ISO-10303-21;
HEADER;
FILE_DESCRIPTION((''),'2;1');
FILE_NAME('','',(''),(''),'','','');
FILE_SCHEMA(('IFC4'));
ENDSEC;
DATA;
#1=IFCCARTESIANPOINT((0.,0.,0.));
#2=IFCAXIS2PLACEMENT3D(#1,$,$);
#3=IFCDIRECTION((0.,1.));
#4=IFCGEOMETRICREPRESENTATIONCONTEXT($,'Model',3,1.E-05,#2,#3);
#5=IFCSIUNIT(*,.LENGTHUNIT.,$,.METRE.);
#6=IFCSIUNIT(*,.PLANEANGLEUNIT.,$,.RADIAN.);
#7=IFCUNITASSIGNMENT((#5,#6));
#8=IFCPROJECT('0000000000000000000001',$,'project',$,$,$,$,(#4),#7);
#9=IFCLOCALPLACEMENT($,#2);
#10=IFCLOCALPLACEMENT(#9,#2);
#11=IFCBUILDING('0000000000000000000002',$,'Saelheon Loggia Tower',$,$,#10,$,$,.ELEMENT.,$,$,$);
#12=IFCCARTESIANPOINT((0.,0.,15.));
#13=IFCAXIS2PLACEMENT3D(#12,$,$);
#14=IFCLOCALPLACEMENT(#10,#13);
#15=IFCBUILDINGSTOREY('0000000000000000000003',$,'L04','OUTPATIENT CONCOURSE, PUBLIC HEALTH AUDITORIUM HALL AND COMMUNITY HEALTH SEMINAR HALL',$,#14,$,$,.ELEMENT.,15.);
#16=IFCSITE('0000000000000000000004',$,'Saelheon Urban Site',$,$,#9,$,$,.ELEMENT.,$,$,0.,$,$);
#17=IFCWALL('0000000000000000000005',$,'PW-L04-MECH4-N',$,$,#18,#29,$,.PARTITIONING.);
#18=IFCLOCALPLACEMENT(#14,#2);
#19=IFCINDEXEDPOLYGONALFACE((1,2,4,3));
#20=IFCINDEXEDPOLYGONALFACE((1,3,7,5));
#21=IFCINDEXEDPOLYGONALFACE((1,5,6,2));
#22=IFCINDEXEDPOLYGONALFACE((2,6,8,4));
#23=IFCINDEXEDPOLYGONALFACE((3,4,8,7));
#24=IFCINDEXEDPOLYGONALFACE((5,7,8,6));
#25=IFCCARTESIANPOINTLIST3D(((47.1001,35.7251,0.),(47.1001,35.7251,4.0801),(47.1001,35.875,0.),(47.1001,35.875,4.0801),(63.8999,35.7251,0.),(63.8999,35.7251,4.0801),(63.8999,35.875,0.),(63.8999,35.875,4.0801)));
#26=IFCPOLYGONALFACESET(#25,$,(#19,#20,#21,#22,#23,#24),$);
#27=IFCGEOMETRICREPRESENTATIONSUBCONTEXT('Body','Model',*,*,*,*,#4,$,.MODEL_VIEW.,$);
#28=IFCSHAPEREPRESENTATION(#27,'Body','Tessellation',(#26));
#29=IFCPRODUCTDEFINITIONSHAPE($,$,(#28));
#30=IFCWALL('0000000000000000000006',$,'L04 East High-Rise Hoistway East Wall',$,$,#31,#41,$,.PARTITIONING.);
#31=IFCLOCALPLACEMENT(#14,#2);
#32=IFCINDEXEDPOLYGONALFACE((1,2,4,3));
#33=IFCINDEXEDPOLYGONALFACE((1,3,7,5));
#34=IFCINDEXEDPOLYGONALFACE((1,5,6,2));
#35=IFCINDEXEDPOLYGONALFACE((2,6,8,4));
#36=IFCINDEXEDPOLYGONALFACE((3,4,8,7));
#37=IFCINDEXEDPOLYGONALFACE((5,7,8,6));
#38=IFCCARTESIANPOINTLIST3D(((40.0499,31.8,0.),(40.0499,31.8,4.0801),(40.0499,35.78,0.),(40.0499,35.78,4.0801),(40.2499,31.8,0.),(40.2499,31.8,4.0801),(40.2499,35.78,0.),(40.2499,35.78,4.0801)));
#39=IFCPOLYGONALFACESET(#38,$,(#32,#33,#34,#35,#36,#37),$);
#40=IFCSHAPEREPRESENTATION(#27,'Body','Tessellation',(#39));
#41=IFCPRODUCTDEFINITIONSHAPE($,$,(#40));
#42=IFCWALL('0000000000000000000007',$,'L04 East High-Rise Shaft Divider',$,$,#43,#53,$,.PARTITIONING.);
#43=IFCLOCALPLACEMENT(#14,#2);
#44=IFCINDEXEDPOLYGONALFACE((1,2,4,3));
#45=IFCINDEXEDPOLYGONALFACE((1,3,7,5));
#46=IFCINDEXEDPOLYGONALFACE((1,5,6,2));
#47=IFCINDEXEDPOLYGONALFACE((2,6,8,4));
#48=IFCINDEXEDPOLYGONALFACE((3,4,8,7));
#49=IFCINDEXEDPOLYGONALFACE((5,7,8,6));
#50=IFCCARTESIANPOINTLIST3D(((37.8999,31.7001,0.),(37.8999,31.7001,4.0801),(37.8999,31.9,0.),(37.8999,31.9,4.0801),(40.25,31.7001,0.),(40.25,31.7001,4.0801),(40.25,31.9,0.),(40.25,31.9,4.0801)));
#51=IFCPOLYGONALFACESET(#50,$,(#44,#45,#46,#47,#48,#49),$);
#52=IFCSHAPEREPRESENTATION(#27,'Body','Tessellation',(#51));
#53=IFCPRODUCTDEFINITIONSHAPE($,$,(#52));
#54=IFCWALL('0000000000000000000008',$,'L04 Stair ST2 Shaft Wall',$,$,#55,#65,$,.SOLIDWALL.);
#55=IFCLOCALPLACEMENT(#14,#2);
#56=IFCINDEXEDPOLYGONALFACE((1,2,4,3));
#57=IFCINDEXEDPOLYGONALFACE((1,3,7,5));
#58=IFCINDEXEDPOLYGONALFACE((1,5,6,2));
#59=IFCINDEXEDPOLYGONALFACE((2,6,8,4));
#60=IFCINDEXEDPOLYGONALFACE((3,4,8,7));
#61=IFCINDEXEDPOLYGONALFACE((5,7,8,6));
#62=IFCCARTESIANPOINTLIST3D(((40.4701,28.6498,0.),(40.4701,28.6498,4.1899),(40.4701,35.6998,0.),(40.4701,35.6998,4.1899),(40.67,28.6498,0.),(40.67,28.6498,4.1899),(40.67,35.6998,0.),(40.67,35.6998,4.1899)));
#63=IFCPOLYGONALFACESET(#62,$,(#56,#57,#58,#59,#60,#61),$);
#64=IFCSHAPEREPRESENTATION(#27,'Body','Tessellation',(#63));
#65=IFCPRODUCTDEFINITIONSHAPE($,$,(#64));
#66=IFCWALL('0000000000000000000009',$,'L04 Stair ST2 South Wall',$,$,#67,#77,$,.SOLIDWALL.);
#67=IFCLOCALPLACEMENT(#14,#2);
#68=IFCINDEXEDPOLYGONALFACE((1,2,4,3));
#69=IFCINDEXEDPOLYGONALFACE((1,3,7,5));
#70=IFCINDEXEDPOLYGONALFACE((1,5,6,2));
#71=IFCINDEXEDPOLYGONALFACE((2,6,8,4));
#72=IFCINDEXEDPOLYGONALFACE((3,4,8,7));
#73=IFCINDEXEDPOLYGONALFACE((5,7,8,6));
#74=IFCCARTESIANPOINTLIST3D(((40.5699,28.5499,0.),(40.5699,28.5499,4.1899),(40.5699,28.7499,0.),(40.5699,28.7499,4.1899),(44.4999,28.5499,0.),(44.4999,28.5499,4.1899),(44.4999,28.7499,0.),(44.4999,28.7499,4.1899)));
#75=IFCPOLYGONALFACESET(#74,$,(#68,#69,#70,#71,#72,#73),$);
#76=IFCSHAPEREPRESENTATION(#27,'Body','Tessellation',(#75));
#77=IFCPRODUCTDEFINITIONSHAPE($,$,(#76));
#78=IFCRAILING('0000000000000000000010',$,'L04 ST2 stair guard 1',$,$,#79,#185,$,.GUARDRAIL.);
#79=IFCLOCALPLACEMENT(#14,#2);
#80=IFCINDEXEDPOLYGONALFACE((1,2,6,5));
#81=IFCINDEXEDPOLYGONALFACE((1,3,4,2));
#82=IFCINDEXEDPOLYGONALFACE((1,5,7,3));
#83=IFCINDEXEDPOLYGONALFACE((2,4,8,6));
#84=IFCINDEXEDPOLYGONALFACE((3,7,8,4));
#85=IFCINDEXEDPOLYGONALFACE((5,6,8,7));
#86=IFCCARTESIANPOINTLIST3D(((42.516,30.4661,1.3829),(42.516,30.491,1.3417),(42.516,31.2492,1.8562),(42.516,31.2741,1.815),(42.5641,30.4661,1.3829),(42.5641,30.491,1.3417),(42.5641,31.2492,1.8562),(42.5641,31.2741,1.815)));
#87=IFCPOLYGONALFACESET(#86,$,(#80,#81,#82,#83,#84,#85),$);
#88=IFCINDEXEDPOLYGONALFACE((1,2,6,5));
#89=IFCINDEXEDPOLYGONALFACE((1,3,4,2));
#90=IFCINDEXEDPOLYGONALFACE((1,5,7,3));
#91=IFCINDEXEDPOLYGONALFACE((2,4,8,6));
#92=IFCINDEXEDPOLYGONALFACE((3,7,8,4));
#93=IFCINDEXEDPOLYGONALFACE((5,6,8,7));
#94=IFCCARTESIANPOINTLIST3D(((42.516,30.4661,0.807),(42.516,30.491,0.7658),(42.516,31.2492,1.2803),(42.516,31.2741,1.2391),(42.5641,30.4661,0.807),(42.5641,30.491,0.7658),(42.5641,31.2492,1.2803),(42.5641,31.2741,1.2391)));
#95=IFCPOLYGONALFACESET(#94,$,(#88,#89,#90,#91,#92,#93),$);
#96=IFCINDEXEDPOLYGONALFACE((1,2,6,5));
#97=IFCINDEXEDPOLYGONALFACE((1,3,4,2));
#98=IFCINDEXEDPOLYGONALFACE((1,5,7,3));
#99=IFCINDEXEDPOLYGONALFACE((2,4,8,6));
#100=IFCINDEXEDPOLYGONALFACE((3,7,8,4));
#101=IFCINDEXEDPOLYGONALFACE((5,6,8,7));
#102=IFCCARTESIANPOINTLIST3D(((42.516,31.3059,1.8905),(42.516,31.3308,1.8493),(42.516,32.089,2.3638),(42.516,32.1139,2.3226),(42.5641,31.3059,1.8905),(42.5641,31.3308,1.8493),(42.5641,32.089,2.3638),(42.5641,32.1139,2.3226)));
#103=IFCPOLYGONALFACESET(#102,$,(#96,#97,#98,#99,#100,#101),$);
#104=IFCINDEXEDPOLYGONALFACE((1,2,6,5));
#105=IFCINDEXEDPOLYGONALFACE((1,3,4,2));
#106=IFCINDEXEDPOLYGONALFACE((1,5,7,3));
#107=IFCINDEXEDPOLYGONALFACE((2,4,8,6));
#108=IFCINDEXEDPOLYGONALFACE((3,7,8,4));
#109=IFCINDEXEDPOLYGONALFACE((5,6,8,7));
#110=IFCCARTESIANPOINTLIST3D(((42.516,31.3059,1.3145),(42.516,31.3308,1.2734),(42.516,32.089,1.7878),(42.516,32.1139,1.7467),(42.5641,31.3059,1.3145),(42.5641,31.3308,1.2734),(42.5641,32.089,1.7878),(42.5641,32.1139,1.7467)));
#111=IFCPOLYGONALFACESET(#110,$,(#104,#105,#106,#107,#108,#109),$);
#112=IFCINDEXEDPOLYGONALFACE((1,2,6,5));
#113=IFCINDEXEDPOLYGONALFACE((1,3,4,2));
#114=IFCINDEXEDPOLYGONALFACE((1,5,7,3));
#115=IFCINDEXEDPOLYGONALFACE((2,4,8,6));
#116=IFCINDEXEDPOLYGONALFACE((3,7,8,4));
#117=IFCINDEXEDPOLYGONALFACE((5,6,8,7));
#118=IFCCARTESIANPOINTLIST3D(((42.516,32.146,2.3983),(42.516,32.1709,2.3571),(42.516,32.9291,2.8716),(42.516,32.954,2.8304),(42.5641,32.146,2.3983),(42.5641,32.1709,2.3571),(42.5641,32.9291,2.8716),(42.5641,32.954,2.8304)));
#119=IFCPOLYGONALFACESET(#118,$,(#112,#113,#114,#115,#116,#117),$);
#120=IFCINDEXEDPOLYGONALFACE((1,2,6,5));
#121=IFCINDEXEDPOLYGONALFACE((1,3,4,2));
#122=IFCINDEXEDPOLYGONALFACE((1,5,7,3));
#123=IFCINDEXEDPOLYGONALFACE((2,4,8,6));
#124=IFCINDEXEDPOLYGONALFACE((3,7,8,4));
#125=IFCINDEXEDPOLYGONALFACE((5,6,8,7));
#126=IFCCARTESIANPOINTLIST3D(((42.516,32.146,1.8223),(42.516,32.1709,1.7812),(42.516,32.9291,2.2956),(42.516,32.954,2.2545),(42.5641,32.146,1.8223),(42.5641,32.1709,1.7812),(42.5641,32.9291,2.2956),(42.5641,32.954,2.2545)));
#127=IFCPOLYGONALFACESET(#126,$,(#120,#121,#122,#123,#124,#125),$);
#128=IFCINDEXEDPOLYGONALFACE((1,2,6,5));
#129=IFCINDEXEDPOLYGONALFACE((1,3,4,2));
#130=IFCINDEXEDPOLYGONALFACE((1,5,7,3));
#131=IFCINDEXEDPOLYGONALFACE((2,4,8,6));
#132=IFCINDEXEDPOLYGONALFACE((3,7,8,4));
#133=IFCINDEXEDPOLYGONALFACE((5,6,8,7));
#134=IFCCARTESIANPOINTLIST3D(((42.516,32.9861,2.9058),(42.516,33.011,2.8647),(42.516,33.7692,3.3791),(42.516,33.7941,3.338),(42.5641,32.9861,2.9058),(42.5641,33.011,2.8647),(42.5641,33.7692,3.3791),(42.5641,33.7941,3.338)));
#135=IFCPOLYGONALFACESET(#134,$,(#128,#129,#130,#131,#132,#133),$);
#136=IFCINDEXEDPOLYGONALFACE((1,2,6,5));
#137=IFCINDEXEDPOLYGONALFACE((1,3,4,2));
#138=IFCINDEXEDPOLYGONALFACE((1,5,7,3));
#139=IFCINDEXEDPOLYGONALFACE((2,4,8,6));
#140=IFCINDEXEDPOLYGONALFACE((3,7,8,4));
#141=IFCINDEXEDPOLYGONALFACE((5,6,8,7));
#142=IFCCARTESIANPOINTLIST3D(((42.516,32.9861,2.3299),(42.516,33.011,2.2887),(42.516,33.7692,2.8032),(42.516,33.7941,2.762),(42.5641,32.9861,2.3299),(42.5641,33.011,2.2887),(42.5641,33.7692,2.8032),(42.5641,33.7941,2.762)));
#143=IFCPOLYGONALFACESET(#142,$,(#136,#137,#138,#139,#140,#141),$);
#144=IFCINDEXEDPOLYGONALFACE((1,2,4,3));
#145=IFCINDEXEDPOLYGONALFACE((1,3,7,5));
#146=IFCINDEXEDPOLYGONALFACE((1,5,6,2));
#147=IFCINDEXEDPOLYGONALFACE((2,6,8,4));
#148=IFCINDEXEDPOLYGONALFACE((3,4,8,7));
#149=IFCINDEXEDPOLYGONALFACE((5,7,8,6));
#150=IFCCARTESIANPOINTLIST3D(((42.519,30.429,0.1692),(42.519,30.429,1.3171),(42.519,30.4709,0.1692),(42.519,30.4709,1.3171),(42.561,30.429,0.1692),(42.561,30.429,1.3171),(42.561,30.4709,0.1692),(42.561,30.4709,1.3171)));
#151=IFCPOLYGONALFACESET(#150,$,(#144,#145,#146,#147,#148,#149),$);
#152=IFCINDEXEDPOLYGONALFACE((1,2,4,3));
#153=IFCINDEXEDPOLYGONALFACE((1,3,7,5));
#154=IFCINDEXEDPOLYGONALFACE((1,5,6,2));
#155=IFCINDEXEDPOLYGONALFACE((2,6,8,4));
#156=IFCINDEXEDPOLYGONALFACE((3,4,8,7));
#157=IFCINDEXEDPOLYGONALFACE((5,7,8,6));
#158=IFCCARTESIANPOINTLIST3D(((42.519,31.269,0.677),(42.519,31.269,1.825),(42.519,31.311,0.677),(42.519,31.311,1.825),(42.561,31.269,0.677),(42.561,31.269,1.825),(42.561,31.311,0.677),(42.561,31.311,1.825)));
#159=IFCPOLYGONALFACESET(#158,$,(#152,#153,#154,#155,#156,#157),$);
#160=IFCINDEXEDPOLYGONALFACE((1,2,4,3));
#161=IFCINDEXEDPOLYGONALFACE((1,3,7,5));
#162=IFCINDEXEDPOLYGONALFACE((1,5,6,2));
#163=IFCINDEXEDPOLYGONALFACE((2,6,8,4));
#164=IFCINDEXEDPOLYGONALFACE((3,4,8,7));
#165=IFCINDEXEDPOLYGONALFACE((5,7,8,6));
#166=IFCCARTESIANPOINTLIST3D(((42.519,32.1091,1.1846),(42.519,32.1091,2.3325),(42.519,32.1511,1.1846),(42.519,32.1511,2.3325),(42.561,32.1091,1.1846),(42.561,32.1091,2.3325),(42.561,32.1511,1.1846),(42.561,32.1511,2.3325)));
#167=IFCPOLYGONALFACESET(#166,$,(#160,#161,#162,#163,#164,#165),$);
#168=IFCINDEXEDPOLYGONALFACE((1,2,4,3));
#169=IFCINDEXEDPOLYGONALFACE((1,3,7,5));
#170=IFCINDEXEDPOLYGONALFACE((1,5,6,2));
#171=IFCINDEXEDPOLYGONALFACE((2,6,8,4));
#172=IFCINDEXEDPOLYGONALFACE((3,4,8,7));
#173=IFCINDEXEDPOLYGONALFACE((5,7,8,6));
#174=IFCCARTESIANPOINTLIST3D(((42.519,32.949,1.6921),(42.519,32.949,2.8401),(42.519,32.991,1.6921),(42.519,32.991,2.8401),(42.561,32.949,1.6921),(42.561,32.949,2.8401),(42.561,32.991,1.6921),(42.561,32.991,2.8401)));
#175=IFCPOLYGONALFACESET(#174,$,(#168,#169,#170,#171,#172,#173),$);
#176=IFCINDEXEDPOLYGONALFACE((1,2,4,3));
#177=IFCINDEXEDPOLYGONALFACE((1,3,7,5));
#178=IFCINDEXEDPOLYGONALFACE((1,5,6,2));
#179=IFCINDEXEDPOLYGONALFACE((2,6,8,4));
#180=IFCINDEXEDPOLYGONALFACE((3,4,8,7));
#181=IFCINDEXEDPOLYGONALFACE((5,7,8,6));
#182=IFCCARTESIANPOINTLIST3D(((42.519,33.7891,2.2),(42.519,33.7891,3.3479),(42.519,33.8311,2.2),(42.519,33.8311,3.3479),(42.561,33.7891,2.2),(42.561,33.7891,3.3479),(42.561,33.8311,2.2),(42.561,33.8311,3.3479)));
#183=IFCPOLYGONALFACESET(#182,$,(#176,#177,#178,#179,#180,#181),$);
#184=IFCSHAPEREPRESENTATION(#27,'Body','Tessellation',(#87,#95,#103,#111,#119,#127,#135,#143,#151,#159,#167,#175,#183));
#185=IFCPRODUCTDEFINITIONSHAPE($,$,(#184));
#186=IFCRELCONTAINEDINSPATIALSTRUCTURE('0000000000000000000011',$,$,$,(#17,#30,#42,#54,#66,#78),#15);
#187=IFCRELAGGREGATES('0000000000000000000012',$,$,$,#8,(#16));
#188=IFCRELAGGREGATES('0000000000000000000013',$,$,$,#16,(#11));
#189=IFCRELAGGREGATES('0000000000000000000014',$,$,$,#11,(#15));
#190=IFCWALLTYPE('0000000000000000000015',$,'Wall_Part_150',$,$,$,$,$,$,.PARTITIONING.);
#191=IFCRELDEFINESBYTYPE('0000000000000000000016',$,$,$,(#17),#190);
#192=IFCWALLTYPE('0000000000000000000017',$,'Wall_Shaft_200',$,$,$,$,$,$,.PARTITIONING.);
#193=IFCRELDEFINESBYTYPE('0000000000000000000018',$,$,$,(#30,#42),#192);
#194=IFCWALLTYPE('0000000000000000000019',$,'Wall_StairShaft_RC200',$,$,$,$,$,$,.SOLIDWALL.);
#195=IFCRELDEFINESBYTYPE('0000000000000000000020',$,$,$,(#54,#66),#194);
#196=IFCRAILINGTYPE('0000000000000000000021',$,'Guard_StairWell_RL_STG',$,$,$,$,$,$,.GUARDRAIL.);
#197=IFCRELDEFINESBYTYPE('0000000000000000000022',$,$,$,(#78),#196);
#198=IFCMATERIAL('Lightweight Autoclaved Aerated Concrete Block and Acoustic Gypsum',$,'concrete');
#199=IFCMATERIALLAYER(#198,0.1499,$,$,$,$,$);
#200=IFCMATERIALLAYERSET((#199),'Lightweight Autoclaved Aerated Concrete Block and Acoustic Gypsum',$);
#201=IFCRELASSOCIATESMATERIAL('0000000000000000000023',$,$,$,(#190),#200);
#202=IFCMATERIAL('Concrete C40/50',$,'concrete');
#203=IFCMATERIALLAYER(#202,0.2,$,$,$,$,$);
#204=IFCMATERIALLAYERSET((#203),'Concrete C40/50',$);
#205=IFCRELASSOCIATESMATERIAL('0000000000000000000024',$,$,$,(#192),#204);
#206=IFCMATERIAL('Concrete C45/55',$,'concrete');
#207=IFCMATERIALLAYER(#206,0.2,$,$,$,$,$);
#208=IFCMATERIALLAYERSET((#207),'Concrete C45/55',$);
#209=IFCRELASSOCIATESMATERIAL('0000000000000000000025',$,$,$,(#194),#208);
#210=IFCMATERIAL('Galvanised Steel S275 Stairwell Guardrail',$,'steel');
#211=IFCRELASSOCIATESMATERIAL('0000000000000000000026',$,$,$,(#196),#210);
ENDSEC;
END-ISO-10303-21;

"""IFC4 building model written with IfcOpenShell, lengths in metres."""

from ifc_helpers import new_model, si_unit, direction, frame, frame_2d, origin, origin_2d, place, context, subcontext, project, spatial, rectangle, extrude, material, layer, layer_set, type_object, element, save


model = new_model("IFC4")

# Units and contexts
model_context = context("Model", 3, precision=1e-05, world=origin(), true_north=direction((0.0, 1.0)))
body_context = subcontext(model_context, "Body", "Model", "MODEL_VIEW")
ifc_project = project(units=[si_unit("LENGTHUNIT", "METRE"), si_unit("PLANEANGLEUNIT", "RADIAN")], contexts=[model_context])

# Site, building, storey
site_placement = place(None, origin())
site = spatial("IfcSite", under=ifc_project, at=site_placement, Name="Saelheon Urban Site", CompositionType="ELEMENT", RefElevation=0.0)
building_placement = place(site_placement, origin())
building = spatial("IfcBuilding", under=site, at=building_placement, Name="Saelheon Loggia Tower", CompositionType="ELEMENT")
storey_placement = place(building_placement, frame((0.0, 0.0, 15.0)))
storey = spatial("IfcBuildingStorey", under=building, at=storey_placement, Name="L04", Description="OUTPATIENT CONCOURSE, PUBLIC HEALTH AUDITORIUM HALL AND COMMUNITY HEALTH SEMINAR HALL", CompositionType="ELEMENT", Elevation=15.0)

# Shared definitions
ifc_material_1 = material(Name="Lightweight Autoclaved Aerated Concrete Block and Acoustic Gypsum", Category="concrete")
ifc_layer_1 = layer(ifc_material_1, 0.1499)
ifc_layer_set_1 = layer_set([ifc_layer_1], Name="Lightweight Autoclaved Aerated Concrete Block and Acoustic Gypsum")
wall_type_1 = type_object("IfcWallType", Name="Wall_Part_150", PredefinedType="PARTITIONING", material=ifc_layer_set_1)

# Walls
wall_1_placement = place(storey_placement, frame((47.1001, 35.8, 0.0), z_axis=(0.0, 0.0, 1.0), x_axis=(1.0, 0.0, 0.0)))
element("IfcWall", 1, at=wall_1_placement, inside=storey, type_object=wall_type_1, Name="PW-L04-MECH4-N", PredefinedType="PARTITIONING", context=body_context, shape_type="SweptSolid", body=[
    extrude(rectangle(XDim=16.7998, YDim=0.1499, at=frame_2d((8.3999, 0.0))), origin(), (0.0, 0.0, 1.0), 4.0801),
])
ifc_material_2 = material(Name="Concrete C40/50", Category="concrete")
ifc_layer_2 = layer(ifc_material_2, 0.2)
ifc_layer_set_2 = layer_set([ifc_layer_2], Name="Concrete C40/50")
wall_type_2 = type_object("IfcWallType", Name="Wall_Shaft_200", PredefinedType="PARTITIONING", material=ifc_layer_set_2)
wall_2_placement = place(storey_placement, frame((40.1499, 31.8, 0.0), z_axis=(0.0, 0.0, 1.0), x_axis=(0.0, 1.0, 0.0)))
element("IfcWall", 2, at=wall_2_placement, inside=storey, type_object=wall_type_2, Name="L04 East High-Rise Hoistway East Wall", PredefinedType="PARTITIONING", context=body_context, shape_type="SweptSolid", body=[
    extrude(rectangle(XDim=3.98, YDim=0.2, at=frame_2d((1.99, 0.0))), origin(), (0.0, 0.0, 1.0), 4.0801),
])
wall_3_placement = place(storey_placement, frame((37.8999, 31.8, 0.0), z_axis=(0.0, 0.0, 1.0), x_axis=(1.0, 0.0, 0.0)))
element("IfcWall", 3, at=wall_3_placement, inside=storey, type_object=wall_type_2, Name="L04 East High-Rise Shaft Divider", PredefinedType="PARTITIONING", context=body_context, shape_type="SweptSolid", body=[
    extrude(rectangle(XDim=2.3501, YDim=0.2, at=frame_2d((1.175, 0.0))), origin(), (0.0, 0.0, 1.0), 4.0801),
])
ifc_material_3 = material(Name="Concrete C45/55", Category="concrete")
ifc_layer_3 = layer(ifc_material_3, 0.2)
ifc_layer_set_3 = layer_set([ifc_layer_3], Name="Concrete C45/55")
wall_type_3 = type_object("IfcWallType", Name="Wall_StairShaft_RC200", PredefinedType="SOLIDWALL", material=ifc_layer_set_3)
wall_4_placement = place(storey_placement, frame((40.5701, 28.6499, 0.0), z_axis=(0.0, 0.0, 1.0), x_axis=(0.0, 1.0, 0.0)))
element("IfcWall", 4, at=wall_4_placement, inside=storey, type_object=wall_type_3, Name="L04 Stair ST2 Shaft Wall", PredefinedType="SOLIDWALL", context=body_context, shape_type="SweptSolid", body=[
    extrude(rectangle(XDim=7.05, YDim=0.2, at=frame_2d((3.5249, 0.0))), origin(), (0.0, 0.0, 1.0), 4.1899),
])
wall_5_placement = place(storey_placement, frame((40.5701, 28.6499, 0.0), z_axis=(0.0, 0.0, 1.0), x_axis=(1.0, 0.0, 0.0)))
element("IfcWall", 5, at=wall_5_placement, inside=storey, type_object=wall_type_3, Name="L04 Stair ST2 South Wall", PredefinedType="SOLIDWALL", context=body_context, shape_type="SweptSolid", body=[
    extrude(rectangle(XDim=3.9299, YDim=0.2, at=frame_2d((1.9648, 0.0))), origin(), (0.0, 0.0, 1.0), 4.1899),
])

# Railing
ifc_material_4 = material(Name="Galvanised Steel S275 Stairwell Guardrail", Category="steel")
railing_type_1 = type_object("IfcRailingType", Name="Guard_StairWell_RL_STG", PredefinedType="GUARDRAIL", material=ifc_material_4)
railing_1_placement = place(storey_placement, frame((42.54, 30.45, 0.1692)))
element("IfcRailing", 6, at=railing_1_placement, inside=storey, type_object=railing_type_1, Name="L04 ST2 stair guard 1", PredefinedType="GUARDRAIL", context=body_context, shape_type="SweptSolid", body=[
    extrude(rectangle(XDim=0.0481, YDim=0.0481, at=origin_2d()), frame((0.0, 0.0286, 1.1931), z_axis=(0.0, 0.855837, 0.517246), x_axis=(-1.0, 0.0, 0.0)), (0.0, 0.0, 1.0), 0.915),
    extrude(rectangle(XDim=0.0481, YDim=0.0481, at=origin_2d()), frame((0.0, 0.0286, 0.6172), z_axis=(0.0, 0.855837, 0.517246), x_axis=(-1.0, 0.0, 0.0)), (0.0, 0.0, 1.0), 0.915),
    extrude(rectangle(XDim=0.0481, YDim=0.0481, at=origin_2d()), frame((0.0, 0.8684, 1.7007), z_axis=(0.0, 0.855837, 0.517246), x_axis=(-1.0, 0.0, 0.0)), (0.0, 0.0, 1.0), 0.915),
    extrude(rectangle(XDim=0.0481, YDim=0.0481, at=origin_2d()), frame((0.0, 0.8684, 1.1248), z_axis=(0.0, 0.855837, 0.517246), x_axis=(-1.0, 0.0, 0.0)), (0.0, 0.0, 1.0), 0.915),
    extrude(rectangle(XDim=0.0481, YDim=0.0481, at=origin_2d()), frame((0.0, 1.7085, 2.2085), z_axis=(0.0, 0.855837, 0.517246), x_axis=(-1.0, 0.0, 0.0)), (0.0, 0.0, 1.0), 0.915),
    extrude(rectangle(XDim=0.0481, YDim=0.0481, at=origin_2d()), frame((0.0, 1.7085, 1.6326), z_axis=(0.0, 0.855837, 0.517246), x_axis=(-1.0, 0.0, 0.0)), (0.0, 0.0, 1.0), 0.915),
    extrude(rectangle(XDim=0.0481, YDim=0.0481, at=origin_2d()), frame((0.0, 2.5486, 2.7161), z_axis=(0.0, 0.855837, 0.517246), x_axis=(-1.0, 0.0, 0.0)), (0.0, 0.0, 1.0), 0.915),
    extrude(rectangle(XDim=0.0481, YDim=0.0481, at=origin_2d()), frame((0.0, 2.5486, 2.1401), z_axis=(0.0, 0.855837, 0.517246), x_axis=(-1.0, 0.0, 0.0)), (0.0, 0.0, 1.0), 0.915),
    extrude(rectangle(XDim=0.042, YDim=0.042, at=origin_2d()), origin(), (0.0, 0.0, 1.0), 1.1479),
    extrude(rectangle(XDim=0.042, YDim=0.042, at=origin_2d()), frame((0.0, 0.8401, 0.5078)), (0.0, 0.0, 1.0), 1.1479),
    extrude(rectangle(XDim=0.042, YDim=0.042, at=origin_2d()), frame((0.0, 1.6802, 1.0154)), (0.0, 0.0, 1.0), 1.1479),
    extrude(rectangle(XDim=0.042, YDim=0.042, at=origin_2d()), frame((0.0, 2.52, 1.5229)), (0.0, 0.0, 1.0), 1.1479),
    extrude(rectangle(XDim=0.042, YDim=0.042, at=origin_2d()), frame((0.0, 3.3601, 2.0308)), (0.0, 0.0, 1.0), 1.1479),
])

save(model, "model.ifc")
